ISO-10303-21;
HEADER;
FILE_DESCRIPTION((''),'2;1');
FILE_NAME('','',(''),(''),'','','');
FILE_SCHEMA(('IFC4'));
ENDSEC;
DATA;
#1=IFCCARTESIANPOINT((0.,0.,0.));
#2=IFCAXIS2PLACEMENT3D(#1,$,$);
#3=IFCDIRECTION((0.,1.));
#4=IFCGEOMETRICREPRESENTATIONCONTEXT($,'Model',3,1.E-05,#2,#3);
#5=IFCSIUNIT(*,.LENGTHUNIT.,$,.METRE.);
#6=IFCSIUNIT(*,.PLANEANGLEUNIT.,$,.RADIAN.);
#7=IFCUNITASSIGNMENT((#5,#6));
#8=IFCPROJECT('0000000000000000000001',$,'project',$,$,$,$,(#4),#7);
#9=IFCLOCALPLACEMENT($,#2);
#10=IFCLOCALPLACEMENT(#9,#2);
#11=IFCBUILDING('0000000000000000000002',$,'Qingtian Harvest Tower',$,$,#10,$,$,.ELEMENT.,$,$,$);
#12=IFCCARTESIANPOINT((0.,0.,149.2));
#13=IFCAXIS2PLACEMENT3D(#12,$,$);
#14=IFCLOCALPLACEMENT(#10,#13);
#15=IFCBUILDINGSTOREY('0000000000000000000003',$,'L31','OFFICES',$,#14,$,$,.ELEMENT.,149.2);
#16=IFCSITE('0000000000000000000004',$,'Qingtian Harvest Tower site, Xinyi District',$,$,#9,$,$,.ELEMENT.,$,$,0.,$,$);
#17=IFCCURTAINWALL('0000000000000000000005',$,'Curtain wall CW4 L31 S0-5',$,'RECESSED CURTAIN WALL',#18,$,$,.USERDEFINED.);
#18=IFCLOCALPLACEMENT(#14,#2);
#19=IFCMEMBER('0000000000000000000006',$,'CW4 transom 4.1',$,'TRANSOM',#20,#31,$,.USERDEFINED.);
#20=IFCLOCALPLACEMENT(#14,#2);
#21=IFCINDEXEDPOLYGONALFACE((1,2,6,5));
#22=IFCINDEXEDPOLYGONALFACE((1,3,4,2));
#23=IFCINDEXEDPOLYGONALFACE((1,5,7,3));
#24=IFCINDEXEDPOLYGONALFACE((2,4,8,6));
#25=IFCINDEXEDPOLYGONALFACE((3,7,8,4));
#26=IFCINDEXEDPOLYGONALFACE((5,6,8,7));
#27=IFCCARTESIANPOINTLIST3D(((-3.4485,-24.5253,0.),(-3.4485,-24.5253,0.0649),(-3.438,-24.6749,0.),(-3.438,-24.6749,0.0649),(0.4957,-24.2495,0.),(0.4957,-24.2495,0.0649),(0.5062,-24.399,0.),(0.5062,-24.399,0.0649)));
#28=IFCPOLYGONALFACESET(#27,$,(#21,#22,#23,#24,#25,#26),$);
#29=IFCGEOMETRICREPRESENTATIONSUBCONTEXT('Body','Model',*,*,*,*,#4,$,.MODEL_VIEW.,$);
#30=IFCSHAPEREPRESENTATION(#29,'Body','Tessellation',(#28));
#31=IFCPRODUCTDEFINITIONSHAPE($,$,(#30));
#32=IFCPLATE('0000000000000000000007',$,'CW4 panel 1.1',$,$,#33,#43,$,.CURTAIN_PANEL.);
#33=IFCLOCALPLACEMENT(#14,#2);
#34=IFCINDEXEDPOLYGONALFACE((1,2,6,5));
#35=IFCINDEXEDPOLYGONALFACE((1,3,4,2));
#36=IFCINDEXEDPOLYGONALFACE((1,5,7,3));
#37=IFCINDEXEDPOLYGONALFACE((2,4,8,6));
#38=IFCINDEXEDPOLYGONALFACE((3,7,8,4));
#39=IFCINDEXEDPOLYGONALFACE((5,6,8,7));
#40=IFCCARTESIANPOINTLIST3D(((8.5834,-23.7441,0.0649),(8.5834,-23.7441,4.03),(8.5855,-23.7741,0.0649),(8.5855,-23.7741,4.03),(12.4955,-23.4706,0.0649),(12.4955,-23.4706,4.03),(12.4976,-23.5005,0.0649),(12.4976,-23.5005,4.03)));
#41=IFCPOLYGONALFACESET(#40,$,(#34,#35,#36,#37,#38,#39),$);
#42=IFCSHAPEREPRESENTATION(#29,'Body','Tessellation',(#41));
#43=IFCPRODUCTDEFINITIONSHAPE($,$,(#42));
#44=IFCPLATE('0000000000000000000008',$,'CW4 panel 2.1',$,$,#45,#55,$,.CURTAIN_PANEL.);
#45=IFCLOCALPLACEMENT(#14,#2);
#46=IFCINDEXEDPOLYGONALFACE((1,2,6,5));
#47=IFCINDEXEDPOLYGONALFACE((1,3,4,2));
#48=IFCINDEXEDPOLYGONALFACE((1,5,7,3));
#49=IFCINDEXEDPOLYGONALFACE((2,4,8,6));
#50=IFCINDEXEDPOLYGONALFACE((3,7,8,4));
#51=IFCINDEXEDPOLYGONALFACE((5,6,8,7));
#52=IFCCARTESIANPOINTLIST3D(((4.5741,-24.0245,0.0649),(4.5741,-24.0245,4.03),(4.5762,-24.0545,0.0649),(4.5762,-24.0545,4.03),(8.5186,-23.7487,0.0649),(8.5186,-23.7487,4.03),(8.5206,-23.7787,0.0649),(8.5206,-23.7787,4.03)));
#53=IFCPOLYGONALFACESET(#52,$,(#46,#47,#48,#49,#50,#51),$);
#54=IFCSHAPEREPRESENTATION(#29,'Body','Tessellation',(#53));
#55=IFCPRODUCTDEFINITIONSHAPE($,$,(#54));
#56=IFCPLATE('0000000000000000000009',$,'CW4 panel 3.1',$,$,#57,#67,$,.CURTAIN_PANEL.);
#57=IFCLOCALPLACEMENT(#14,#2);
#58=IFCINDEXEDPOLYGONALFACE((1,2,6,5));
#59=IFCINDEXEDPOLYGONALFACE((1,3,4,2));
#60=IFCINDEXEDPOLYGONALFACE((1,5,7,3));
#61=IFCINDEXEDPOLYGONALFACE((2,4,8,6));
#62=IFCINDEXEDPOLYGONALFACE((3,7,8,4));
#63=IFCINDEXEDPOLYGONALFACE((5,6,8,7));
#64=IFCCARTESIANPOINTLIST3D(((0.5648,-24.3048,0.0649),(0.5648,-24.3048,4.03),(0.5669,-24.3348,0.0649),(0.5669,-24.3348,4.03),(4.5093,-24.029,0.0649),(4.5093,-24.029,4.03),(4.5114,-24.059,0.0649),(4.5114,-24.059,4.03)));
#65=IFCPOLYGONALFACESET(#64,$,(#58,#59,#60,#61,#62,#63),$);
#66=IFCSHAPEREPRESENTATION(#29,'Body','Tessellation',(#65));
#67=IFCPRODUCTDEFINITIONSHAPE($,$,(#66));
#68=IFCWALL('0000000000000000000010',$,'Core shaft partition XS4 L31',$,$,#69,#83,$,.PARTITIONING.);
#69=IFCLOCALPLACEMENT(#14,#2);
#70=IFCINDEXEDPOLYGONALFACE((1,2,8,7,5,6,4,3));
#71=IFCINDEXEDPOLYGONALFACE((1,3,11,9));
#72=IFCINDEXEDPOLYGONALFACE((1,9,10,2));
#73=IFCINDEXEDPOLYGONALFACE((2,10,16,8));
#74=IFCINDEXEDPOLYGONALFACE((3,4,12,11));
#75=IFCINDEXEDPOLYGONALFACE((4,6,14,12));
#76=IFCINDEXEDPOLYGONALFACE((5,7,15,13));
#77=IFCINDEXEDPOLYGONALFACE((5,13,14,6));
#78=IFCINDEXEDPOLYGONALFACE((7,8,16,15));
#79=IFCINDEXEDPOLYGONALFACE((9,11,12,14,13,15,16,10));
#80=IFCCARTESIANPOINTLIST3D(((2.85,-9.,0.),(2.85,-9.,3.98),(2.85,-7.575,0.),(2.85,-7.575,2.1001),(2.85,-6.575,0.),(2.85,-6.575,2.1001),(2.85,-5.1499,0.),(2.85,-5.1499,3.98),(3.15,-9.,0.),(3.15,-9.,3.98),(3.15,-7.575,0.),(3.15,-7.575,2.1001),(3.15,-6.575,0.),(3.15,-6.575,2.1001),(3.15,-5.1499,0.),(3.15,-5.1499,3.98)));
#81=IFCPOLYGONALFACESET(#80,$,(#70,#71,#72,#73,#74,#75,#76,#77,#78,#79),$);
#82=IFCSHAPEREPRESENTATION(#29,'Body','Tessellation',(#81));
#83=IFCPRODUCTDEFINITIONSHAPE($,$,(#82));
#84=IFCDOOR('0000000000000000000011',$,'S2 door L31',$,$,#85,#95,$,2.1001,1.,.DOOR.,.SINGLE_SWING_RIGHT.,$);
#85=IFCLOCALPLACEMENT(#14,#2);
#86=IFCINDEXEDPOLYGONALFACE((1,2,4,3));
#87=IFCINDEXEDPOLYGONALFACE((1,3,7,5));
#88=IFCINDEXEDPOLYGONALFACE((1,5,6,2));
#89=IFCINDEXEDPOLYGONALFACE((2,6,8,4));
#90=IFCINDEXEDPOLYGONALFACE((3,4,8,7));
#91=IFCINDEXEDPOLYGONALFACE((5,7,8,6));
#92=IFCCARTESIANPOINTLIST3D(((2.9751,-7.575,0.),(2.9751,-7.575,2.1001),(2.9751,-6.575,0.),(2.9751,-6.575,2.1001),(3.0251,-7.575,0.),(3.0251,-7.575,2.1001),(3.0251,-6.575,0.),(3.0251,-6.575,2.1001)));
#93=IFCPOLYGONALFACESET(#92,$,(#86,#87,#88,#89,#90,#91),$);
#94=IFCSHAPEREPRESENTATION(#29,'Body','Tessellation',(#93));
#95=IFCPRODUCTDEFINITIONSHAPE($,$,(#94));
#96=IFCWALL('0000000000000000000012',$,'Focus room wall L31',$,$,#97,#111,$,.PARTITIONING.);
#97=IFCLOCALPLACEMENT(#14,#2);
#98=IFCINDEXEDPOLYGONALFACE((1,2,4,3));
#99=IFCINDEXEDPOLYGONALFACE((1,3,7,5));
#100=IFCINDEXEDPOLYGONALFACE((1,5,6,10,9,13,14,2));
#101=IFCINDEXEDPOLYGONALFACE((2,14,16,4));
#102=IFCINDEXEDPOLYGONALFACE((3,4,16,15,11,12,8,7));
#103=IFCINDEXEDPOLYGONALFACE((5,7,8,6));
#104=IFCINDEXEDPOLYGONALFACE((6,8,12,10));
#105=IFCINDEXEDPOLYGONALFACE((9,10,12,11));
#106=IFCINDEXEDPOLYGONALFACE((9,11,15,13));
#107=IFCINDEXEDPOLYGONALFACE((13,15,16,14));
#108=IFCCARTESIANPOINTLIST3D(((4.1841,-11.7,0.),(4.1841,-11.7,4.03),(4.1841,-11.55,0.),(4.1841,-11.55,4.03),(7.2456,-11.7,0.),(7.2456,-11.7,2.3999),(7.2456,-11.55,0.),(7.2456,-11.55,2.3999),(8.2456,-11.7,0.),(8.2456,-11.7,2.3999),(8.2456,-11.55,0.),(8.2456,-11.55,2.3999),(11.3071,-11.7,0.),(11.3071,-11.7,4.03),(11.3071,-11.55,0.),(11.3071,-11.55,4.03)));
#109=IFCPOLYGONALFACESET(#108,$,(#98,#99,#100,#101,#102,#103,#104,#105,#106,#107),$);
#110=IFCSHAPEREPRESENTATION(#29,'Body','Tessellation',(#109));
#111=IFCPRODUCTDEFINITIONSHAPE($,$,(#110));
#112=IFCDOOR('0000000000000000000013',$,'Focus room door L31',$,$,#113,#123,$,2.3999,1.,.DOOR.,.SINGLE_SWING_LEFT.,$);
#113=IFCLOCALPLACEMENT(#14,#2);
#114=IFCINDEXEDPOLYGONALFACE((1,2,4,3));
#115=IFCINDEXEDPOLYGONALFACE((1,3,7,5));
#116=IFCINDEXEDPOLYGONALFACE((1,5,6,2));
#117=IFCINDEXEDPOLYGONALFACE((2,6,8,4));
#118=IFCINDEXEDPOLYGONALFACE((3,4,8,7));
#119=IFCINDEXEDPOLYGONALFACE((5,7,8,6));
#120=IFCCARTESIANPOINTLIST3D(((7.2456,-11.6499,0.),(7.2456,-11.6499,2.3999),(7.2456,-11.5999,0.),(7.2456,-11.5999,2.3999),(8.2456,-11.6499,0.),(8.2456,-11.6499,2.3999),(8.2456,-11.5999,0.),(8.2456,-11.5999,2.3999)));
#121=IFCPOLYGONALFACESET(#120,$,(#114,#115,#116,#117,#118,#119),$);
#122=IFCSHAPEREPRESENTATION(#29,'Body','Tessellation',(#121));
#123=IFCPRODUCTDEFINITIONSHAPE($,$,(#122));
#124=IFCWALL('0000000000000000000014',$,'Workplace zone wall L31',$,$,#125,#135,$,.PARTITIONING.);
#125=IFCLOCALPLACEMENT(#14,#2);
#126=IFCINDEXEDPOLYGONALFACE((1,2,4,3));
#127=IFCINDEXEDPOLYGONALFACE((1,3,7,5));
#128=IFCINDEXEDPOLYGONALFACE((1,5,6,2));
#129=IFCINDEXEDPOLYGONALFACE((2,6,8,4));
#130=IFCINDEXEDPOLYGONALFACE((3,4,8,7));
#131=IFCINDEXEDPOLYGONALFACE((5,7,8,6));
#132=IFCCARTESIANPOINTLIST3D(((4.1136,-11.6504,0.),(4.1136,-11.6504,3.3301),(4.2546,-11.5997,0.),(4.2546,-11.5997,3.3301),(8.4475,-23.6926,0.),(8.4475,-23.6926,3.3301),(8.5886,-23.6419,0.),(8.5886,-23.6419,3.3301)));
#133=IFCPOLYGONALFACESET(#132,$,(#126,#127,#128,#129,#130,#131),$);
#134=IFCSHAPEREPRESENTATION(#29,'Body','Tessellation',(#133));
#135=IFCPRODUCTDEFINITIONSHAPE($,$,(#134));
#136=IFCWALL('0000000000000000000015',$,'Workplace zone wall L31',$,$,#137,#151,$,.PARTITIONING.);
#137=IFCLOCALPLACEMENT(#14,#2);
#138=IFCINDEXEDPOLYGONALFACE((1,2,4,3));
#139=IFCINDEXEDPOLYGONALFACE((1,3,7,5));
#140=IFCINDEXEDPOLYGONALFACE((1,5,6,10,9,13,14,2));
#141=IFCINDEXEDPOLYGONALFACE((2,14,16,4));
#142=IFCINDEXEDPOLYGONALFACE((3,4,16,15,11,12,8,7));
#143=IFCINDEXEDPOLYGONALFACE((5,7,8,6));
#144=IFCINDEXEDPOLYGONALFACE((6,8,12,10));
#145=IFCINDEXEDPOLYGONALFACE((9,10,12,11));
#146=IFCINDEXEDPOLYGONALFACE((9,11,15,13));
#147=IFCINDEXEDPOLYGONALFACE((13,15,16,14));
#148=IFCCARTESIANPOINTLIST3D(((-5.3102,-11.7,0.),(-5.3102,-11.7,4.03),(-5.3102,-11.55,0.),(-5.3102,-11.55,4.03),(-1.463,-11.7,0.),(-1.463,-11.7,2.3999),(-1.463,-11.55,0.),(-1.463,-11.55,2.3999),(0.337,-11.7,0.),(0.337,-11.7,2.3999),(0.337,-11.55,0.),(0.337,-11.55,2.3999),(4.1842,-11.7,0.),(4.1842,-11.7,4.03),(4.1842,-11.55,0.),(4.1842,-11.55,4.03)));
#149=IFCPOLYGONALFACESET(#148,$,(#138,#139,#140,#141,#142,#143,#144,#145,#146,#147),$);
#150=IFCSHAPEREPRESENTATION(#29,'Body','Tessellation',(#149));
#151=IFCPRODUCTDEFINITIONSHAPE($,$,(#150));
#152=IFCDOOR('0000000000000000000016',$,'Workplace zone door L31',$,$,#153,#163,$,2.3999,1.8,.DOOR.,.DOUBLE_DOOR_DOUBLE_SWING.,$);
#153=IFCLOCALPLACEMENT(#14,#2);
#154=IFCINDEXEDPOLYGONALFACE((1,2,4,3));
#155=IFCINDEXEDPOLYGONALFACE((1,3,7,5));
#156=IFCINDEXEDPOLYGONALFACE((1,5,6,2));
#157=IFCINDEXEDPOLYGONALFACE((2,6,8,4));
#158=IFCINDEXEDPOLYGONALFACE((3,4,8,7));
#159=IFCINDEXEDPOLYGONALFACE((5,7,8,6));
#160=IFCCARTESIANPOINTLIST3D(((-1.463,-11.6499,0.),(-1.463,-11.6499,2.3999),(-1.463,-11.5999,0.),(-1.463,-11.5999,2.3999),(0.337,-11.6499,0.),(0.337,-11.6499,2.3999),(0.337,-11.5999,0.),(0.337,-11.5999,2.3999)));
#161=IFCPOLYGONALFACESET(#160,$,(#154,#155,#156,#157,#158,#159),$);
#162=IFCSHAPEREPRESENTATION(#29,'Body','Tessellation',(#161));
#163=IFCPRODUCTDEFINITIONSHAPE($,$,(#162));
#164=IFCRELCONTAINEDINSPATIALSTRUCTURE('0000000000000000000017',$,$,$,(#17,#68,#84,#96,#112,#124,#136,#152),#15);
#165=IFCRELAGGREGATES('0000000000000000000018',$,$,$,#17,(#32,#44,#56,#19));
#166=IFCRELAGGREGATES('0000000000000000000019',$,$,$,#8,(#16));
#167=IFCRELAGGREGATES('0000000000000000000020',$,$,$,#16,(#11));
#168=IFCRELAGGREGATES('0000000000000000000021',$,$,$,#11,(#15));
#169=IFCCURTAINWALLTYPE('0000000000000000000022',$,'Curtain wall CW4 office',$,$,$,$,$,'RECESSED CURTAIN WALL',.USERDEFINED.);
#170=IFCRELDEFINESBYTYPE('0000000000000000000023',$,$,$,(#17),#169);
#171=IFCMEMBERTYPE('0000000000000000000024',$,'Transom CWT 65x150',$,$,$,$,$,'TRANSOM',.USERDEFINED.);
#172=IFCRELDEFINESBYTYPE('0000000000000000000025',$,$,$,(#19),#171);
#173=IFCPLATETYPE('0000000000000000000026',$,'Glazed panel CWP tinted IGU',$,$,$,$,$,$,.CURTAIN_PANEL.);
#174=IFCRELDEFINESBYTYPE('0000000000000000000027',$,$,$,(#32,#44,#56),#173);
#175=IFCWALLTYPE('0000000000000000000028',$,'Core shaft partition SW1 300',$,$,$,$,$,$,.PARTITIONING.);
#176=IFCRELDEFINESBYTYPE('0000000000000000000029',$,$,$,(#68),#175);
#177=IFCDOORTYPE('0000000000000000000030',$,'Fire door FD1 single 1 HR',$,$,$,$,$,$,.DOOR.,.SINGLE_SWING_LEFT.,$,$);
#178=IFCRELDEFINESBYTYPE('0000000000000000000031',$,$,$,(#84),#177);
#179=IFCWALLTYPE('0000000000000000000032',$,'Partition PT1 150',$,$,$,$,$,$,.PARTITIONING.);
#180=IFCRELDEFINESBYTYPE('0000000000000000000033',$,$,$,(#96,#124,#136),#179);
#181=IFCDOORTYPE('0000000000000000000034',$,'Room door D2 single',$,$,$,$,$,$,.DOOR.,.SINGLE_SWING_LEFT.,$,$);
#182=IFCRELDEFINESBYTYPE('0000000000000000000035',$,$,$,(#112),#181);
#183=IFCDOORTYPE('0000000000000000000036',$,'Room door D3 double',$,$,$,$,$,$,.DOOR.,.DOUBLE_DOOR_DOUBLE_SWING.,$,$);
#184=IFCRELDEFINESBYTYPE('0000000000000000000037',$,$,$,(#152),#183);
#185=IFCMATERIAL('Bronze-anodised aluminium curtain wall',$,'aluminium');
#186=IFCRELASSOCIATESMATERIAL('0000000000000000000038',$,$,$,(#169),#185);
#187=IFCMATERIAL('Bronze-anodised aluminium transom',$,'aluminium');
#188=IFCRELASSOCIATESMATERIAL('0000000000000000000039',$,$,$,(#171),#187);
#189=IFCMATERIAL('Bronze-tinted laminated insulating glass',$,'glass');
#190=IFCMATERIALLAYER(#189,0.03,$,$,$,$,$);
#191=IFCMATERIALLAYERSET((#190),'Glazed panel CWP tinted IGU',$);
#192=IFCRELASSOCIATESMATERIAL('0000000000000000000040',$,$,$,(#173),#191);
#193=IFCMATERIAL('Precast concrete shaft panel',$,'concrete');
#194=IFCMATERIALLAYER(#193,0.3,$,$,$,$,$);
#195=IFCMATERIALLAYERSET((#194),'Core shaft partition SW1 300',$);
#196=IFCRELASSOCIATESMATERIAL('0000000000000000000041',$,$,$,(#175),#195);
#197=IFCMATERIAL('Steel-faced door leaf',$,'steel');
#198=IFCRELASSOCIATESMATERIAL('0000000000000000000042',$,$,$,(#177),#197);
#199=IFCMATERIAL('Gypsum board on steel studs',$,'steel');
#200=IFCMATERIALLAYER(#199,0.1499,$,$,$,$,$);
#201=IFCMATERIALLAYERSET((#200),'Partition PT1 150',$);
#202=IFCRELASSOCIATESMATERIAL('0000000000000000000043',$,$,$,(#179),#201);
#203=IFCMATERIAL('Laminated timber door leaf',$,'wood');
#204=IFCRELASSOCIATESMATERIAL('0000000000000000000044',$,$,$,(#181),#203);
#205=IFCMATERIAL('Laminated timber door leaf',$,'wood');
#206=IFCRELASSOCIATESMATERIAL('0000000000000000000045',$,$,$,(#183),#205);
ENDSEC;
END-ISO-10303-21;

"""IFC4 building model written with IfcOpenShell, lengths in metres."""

from ifc_helpers import new_model, si_unit, direction, frame, frame_2d, origin, origin_2d, place, context, subcontext, project, spatial, rectangle, extrude, material, layer, layer_set, material_profile, profile_set, type_object, element, fill, aggregate, save


model = new_model("IFC4")

# Units and contexts
model_context = context("Model", 3, precision=1e-05, world=origin(), true_north=direction((0.0, 1.0)))
body_context = subcontext(model_context, "Body", "Model", "MODEL_VIEW")
ifc_project = project(units=[si_unit("LENGTHUNIT", "METRE"), si_unit("PLANEANGLEUNIT", "RADIAN")], contexts=[model_context])

# Site, building, storey
site_placement = place(None, origin())
site = spatial("IfcSite", under=ifc_project, at=site_placement, Name="Qingtian Harvest Tower site, Xinyi District", CompositionType="ELEMENT", RefElevation=0.0)
building_placement = place(site_placement, origin())
building = spatial("IfcBuilding", under=site, at=building_placement, Name="Qingtian Harvest Tower", CompositionType="ELEMENT")
storey_placement = place(building_placement, frame((0.0, 0.0, 149.2)))
storey = spatial("IfcBuildingStorey", under=building, at=storey_placement, Name="L31", Description="OFFICES", CompositionType="ELEMENT", Elevation=149.2)

# Shared definitions
ifc_material_1 = material(Name="Bronze-anodised aluminium curtain wall", Category="aluminium")
curtain_wall_type = type_object("IfcCurtainWallType", Name="Curtain wall CW4 office", ElementType="RECESSED CURTAIN WALL", PredefinedType="USERDEFINED", material=ifc_material_1)

# Curtain wall
curtain_wall_1_placement = place(storey_placement, origin())
curtain_wall_1 = element("IfcCurtainWall", 1, at=curtain_wall_1_placement, inside=storey, type_object=curtain_wall_type, Name="Curtain wall CW4 L31 S0-5", ObjectType="RECESSED CURTAIN WALL", PredefinedType="USERDEFINED")

# Member
ifc_material_2 = material(Name="Bronze-anodised aluminium transom", Category="aluminium")
ifc_material_profile_1 = material_profile(ifc_material_2, rectangle(XDim=0.1499, YDim=0.0649, at=origin_2d()), Name="AL 65x150")
ifc_profile_set_1 = profile_set([ifc_material_profile_1], Name="Bronze-anodised aluminium transom")
member_type_1 = type_object("IfcMemberType", Name="Transom CWT 65x150", ElementType="TRANSOM", PredefinedType="USERDEFINED", material=ifc_profile_set_1)
member_1_placement = place(storey_placement, frame((0.501, -24.3242, 0.0325), z_axis=(-0.997563, -0.069773, 0.0), x_axis=(0.069773, -0.997563, 0.0)))
member_1 = element("IfcMember", 2, at=member_1_placement, type_object=member_type_1, Name="CW4 transom 4.1", ObjectType="TRANSOM", PredefinedType="USERDEFINED", context=body_context, shape_type="SweptSolid", body=[
    extrude(rectangle(XDim=0.1499, YDim=0.0649, at=origin_2d()), origin(), (0.0, 0.0, 1.0), 3.9539),
])

# Plates
ifc_material_3 = material(Name="Bronze-tinted laminated insulating glass", Category="glass")
ifc_layer_1 = layer(ifc_material_3, 0.03)
ifc_layer_set_1 = layer_set([ifc_layer_1], Name="Glazed panel CWP tinted IGU")
plate_type = type_object("IfcPlateType", Name="Glazed panel CWP tinted IGU", PredefinedType="CURTAIN_PANEL", material=ifc_layer_set_1)
plate_1_placement = place(storey_placement, frame((10.5405, -23.6223, 0.0649), z_axis=(0.0, 0.0, 1.0), x_axis=(-0.997564, -0.069756, 0.0)))
plate_1 = element("IfcPlate", 3, at=plate_1_placement, type_object=plate_type, Name="CW4 panel 1.1", PredefinedType="CURTAIN_PANEL", context=body_context, shape_type="SweptSolid", body=[
    extrude(rectangle(XDim=3.9216, YDim=0.03, at=origin_2d()), origin(), (0.0, 0.0, 1.0), 3.9651),
])
plate_2_placement = place(storey_placement, frame((6.5474, -23.9016, 0.0649), z_axis=(0.0, 0.0, 1.0), x_axis=(-0.997564, -0.069756, 0.0)))
plate_2 = element("IfcPlate", 4, at=plate_2_placement, type_object=plate_type, Name="CW4 panel 2.1", PredefinedType="CURTAIN_PANEL", context=body_context, shape_type="SweptSolid", body=[
    extrude(rectangle(XDim=3.9541, YDim=0.03, at=origin_2d()), origin(), (0.0, 0.0, 1.0), 3.9651),
])
plate_3_placement = place(storey_placement, frame((2.5381, -24.1819, 0.0649), z_axis=(0.0, 0.0, 1.0), x_axis=(-0.997564, -0.069756, 0.0)))
plate_3 = element("IfcPlate", 5, at=plate_3_placement, type_object=plate_type, Name="CW4 panel 3.1", PredefinedType="CURTAIN_PANEL", context=body_context, shape_type="SweptSolid", body=[
    extrude(rectangle(XDim=3.9541, YDim=0.03, at=origin_2d()), origin(), (0.0, 0.0, 1.0), 3.9651),
])
aggregate(curtain_wall_1, [plate_1, plate_2, plate_3, member_1])

# Walls, openings, doors
ifc_material_4 = material(Name="Precast concrete shaft panel", Category="concrete")
ifc_layer_2 = layer(ifc_material_4, 0.3)
ifc_layer_set_2 = layer_set([ifc_layer_2], Name="Core shaft partition SW1 300")
wall_type_1 = type_object("IfcWallType", Name="Core shaft partition SW1 300", PredefinedType="PARTITIONING", material=ifc_layer_set_2)
wall_1_placement = place(storey_placement, frame((3.0, -9.0, 0.0), z_axis=(0.0, 0.0, 1.0), x_axis=(0.0, 1.0, 0.0)))
wall_1 = element("IfcWall", 6, at=wall_1_placement, inside=storey, type_object=wall_type_1, Name="Core shaft partition XS4 L31", PredefinedType="PARTITIONING", context=body_context, shape_type="SweptSolid", body=[
    extrude(rectangle(XDim=3.8501, YDim=0.3, at=frame_2d((1.925, 0.0))), origin(), (0.0, 0.0, 1.0), 3.98),
])
opening_1_placement = place(wall_1_placement, frame((1.425, 0.0, 0.0)))
opening_1 = element("IfcOpeningElement", 7, at=opening_1_placement, cuts=wall_1, PredefinedType="OPENING", context=body_context, shape_type="SweptSolid", body=[
    extrude(rectangle(XDim=1.0, YDim=2.1001, at=frame_2d((0.5, 1.05))), frame((0.0, 0.1599, 0.0), z_axis=(0.0, -1.0, 0.0), x_axis=(1.0, 0.0, 0.0)), (0.0, 0.0, 1.0), 0.3201),
])
ifc_material_5 = material(Name="Steel-faced door leaf", Category="steel")
door_type_1 = type_object("IfcDoorType", Name="Fire door FD1 single 1 HR", OperationType="SINGLE_SWING_LEFT", PredefinedType="DOOR", material=ifc_material_5)
door_1_placement = place(opening_1_placement, origin())
door_1 = element("IfcDoor", 8, at=door_1_placement, inside=storey, type_object=door_type_1, Name="S2 door L31", OperationType="SINGLE_SWING_RIGHT", OverallHeight=2.1001, OverallWidth=1.0, PredefinedType="DOOR", context=body_context, shape_type="SweptSolid", body=[
    extrude(rectangle(XDim=1.0, YDim=2.1001, at=frame_2d((0.5, 1.05))), frame((0.0, 0.0249, 0.0), z_axis=(0.0, -1.0, 0.0), x_axis=(1.0, 0.0, 0.0)), (0.0, 0.0, 1.0), 0.05),
])
fill(opening_1, door_1)
ifc_material_6 = material(Name="Gypsum board on steel studs", Category="steel")
ifc_layer_3 = layer(ifc_material_6, 0.1499)
ifc_layer_set_3 = layer_set([ifc_layer_3], Name="Partition PT1 150")
wall_type_2 = type_object("IfcWallType", Name="Partition PT1 150", PredefinedType="PARTITIONING", material=ifc_layer_set_3)
wall_2_placement = place(storey_placement, frame((11.3071, -11.625, 0.0), z_axis=(0.0, 0.0, 1.0), x_axis=(-1.0, 0.0, 0.0)))
wall_2 = element("IfcWall", 9, at=wall_2_placement, inside=storey, type_object=wall_type_2, Name="Focus room wall L31", PredefinedType="PARTITIONING", context=body_context, shape_type="SweptSolid", body=[
    extrude(rectangle(XDim=7.123, YDim=0.1499, at=frame_2d((3.5615, 0.0))), origin(), (0.0, 0.0, 1.0), 4.03),
])
opening_2_placement = place(wall_2_placement, frame((3.0615, 0.0, 0.0)))
opening_2 = element("IfcOpeningElement", 10, at=opening_2_placement, cuts=wall_2, PredefinedType="OPENING", context=body_context, shape_type="SweptSolid", body=[
    extrude(rectangle(XDim=1.0, YDim=2.3999, at=frame_2d((0.5, 1.2))), frame((0.0, 0.085, 0.0), z_axis=(0.0, -1.0, 0.0), x_axis=(1.0, 0.0, 0.0)), (0.0, 0.0, 1.0), 0.1699),
])
ifc_material_7 = material(Name="Laminated timber door leaf", Category="wood")
door_type_2 = type_object("IfcDoorType", Name="Room door D2 single", OperationType="SINGLE_SWING_LEFT", PredefinedType="DOOR", material=ifc_material_7)
door_2_placement = place(opening_2_placement, origin())
door_2 = element("IfcDoor", 11, at=door_2_placement, inside=storey, type_object=door_type_2, Name="Focus room door L31", OperationType="SINGLE_SWING_LEFT", OverallHeight=2.3999, OverallWidth=1.0, PredefinedType="DOOR", context=body_context, shape_type="SweptSolid", body=[
    extrude(rectangle(XDim=1.0, YDim=2.3999, at=frame_2d((0.5, 1.2))), frame((0.0, 0.0249, 0.0), z_axis=(0.0, -1.0, 0.0), x_axis=(1.0, 0.0, 0.0)), (0.0, 0.0, 1.0), 0.05),
])
fill(opening_2, door_2)

# Wall
wall_3_placement = place(storey_placement, frame((8.5181, -23.6672, 0.0), z_axis=(0.0, 0.0, 1.0), x_axis=(-0.338635, 0.940918, 0.0)))
element("IfcWall", 12, at=wall_3_placement, inside=storey, type_object=wall_type_2, Name="Workplace zone wall L31", PredefinedType="PARTITIONING", context=body_context, shape_type="SweptSolid", body=[
    extrude(rectangle(XDim=12.7983, YDim=0.1499, at=frame_2d((6.3992, 0.0))), origin(), (0.0, 0.0, 1.0), 3.3301),
])

# Wall, opening, door
wall_4_placement = place(storey_placement, frame((4.1841, -11.625, 0.0), z_axis=(0.0, 0.0, 1.0), x_axis=(-1.0, 0.0, 0.0)))
wall_4 = element("IfcWall", 13, at=wall_4_placement, inside=storey, type_object=wall_type_2, Name="Workplace zone wall L31", PredefinedType="PARTITIONING", context=body_context, shape_type="SweptSolid", body=[
    extrude(rectangle(XDim=9.4944, YDim=0.1499, at=frame_2d((4.7471, 0.0))), origin(), (0.0, 0.0, 1.0), 4.03),
])
opening_3_placement = place(wall_4_placement, frame((3.8472, 0.0, 0.0)))
opening_3 = element("IfcOpeningElement", 14, at=opening_3_placement, cuts=wall_4, PredefinedType="OPENING", context=body_context, shape_type="SweptSolid", body=[
    extrude(rectangle(XDim=1.8, YDim=2.3999, at=frame_2d((0.8999, 1.2))), frame((0.0, 0.085, 0.0), z_axis=(0.0, -1.0, 0.0), x_axis=(1.0, 0.0, 0.0)), (0.0, 0.0, 1.0), 0.1699),
])
ifc_material_8 = material(Name="Laminated timber door leaf", Category="wood")
door_type_3 = type_object("IfcDoorType", Name="Room door D3 double", OperationType="DOUBLE_DOOR_DOUBLE_SWING", PredefinedType="DOOR", material=ifc_material_8)
door_3_placement = place(opening_3_placement, origin())
door_3 = element("IfcDoor", 15, at=door_3_placement, inside=storey, type_object=door_type_3, Name="Workplace zone door L31", OperationType="DOUBLE_DOOR_DOUBLE_SWING", OverallHeight=2.3999, OverallWidth=1.8, PredefinedType="DOOR", context=body_context, shape_type="SweptSolid", body=[
    extrude(rectangle(XDim=1.8, YDim=2.3999, at=frame_2d((0.8999, 1.2))), frame((0.0, 0.0249, 0.0), z_axis=(0.0, -1.0, 0.0), x_axis=(1.0, 0.0, 0.0)), (0.0, 0.0, 1.0), 0.05),
])
fill(opening_3, door_3)

save(model, "model.ifc")
